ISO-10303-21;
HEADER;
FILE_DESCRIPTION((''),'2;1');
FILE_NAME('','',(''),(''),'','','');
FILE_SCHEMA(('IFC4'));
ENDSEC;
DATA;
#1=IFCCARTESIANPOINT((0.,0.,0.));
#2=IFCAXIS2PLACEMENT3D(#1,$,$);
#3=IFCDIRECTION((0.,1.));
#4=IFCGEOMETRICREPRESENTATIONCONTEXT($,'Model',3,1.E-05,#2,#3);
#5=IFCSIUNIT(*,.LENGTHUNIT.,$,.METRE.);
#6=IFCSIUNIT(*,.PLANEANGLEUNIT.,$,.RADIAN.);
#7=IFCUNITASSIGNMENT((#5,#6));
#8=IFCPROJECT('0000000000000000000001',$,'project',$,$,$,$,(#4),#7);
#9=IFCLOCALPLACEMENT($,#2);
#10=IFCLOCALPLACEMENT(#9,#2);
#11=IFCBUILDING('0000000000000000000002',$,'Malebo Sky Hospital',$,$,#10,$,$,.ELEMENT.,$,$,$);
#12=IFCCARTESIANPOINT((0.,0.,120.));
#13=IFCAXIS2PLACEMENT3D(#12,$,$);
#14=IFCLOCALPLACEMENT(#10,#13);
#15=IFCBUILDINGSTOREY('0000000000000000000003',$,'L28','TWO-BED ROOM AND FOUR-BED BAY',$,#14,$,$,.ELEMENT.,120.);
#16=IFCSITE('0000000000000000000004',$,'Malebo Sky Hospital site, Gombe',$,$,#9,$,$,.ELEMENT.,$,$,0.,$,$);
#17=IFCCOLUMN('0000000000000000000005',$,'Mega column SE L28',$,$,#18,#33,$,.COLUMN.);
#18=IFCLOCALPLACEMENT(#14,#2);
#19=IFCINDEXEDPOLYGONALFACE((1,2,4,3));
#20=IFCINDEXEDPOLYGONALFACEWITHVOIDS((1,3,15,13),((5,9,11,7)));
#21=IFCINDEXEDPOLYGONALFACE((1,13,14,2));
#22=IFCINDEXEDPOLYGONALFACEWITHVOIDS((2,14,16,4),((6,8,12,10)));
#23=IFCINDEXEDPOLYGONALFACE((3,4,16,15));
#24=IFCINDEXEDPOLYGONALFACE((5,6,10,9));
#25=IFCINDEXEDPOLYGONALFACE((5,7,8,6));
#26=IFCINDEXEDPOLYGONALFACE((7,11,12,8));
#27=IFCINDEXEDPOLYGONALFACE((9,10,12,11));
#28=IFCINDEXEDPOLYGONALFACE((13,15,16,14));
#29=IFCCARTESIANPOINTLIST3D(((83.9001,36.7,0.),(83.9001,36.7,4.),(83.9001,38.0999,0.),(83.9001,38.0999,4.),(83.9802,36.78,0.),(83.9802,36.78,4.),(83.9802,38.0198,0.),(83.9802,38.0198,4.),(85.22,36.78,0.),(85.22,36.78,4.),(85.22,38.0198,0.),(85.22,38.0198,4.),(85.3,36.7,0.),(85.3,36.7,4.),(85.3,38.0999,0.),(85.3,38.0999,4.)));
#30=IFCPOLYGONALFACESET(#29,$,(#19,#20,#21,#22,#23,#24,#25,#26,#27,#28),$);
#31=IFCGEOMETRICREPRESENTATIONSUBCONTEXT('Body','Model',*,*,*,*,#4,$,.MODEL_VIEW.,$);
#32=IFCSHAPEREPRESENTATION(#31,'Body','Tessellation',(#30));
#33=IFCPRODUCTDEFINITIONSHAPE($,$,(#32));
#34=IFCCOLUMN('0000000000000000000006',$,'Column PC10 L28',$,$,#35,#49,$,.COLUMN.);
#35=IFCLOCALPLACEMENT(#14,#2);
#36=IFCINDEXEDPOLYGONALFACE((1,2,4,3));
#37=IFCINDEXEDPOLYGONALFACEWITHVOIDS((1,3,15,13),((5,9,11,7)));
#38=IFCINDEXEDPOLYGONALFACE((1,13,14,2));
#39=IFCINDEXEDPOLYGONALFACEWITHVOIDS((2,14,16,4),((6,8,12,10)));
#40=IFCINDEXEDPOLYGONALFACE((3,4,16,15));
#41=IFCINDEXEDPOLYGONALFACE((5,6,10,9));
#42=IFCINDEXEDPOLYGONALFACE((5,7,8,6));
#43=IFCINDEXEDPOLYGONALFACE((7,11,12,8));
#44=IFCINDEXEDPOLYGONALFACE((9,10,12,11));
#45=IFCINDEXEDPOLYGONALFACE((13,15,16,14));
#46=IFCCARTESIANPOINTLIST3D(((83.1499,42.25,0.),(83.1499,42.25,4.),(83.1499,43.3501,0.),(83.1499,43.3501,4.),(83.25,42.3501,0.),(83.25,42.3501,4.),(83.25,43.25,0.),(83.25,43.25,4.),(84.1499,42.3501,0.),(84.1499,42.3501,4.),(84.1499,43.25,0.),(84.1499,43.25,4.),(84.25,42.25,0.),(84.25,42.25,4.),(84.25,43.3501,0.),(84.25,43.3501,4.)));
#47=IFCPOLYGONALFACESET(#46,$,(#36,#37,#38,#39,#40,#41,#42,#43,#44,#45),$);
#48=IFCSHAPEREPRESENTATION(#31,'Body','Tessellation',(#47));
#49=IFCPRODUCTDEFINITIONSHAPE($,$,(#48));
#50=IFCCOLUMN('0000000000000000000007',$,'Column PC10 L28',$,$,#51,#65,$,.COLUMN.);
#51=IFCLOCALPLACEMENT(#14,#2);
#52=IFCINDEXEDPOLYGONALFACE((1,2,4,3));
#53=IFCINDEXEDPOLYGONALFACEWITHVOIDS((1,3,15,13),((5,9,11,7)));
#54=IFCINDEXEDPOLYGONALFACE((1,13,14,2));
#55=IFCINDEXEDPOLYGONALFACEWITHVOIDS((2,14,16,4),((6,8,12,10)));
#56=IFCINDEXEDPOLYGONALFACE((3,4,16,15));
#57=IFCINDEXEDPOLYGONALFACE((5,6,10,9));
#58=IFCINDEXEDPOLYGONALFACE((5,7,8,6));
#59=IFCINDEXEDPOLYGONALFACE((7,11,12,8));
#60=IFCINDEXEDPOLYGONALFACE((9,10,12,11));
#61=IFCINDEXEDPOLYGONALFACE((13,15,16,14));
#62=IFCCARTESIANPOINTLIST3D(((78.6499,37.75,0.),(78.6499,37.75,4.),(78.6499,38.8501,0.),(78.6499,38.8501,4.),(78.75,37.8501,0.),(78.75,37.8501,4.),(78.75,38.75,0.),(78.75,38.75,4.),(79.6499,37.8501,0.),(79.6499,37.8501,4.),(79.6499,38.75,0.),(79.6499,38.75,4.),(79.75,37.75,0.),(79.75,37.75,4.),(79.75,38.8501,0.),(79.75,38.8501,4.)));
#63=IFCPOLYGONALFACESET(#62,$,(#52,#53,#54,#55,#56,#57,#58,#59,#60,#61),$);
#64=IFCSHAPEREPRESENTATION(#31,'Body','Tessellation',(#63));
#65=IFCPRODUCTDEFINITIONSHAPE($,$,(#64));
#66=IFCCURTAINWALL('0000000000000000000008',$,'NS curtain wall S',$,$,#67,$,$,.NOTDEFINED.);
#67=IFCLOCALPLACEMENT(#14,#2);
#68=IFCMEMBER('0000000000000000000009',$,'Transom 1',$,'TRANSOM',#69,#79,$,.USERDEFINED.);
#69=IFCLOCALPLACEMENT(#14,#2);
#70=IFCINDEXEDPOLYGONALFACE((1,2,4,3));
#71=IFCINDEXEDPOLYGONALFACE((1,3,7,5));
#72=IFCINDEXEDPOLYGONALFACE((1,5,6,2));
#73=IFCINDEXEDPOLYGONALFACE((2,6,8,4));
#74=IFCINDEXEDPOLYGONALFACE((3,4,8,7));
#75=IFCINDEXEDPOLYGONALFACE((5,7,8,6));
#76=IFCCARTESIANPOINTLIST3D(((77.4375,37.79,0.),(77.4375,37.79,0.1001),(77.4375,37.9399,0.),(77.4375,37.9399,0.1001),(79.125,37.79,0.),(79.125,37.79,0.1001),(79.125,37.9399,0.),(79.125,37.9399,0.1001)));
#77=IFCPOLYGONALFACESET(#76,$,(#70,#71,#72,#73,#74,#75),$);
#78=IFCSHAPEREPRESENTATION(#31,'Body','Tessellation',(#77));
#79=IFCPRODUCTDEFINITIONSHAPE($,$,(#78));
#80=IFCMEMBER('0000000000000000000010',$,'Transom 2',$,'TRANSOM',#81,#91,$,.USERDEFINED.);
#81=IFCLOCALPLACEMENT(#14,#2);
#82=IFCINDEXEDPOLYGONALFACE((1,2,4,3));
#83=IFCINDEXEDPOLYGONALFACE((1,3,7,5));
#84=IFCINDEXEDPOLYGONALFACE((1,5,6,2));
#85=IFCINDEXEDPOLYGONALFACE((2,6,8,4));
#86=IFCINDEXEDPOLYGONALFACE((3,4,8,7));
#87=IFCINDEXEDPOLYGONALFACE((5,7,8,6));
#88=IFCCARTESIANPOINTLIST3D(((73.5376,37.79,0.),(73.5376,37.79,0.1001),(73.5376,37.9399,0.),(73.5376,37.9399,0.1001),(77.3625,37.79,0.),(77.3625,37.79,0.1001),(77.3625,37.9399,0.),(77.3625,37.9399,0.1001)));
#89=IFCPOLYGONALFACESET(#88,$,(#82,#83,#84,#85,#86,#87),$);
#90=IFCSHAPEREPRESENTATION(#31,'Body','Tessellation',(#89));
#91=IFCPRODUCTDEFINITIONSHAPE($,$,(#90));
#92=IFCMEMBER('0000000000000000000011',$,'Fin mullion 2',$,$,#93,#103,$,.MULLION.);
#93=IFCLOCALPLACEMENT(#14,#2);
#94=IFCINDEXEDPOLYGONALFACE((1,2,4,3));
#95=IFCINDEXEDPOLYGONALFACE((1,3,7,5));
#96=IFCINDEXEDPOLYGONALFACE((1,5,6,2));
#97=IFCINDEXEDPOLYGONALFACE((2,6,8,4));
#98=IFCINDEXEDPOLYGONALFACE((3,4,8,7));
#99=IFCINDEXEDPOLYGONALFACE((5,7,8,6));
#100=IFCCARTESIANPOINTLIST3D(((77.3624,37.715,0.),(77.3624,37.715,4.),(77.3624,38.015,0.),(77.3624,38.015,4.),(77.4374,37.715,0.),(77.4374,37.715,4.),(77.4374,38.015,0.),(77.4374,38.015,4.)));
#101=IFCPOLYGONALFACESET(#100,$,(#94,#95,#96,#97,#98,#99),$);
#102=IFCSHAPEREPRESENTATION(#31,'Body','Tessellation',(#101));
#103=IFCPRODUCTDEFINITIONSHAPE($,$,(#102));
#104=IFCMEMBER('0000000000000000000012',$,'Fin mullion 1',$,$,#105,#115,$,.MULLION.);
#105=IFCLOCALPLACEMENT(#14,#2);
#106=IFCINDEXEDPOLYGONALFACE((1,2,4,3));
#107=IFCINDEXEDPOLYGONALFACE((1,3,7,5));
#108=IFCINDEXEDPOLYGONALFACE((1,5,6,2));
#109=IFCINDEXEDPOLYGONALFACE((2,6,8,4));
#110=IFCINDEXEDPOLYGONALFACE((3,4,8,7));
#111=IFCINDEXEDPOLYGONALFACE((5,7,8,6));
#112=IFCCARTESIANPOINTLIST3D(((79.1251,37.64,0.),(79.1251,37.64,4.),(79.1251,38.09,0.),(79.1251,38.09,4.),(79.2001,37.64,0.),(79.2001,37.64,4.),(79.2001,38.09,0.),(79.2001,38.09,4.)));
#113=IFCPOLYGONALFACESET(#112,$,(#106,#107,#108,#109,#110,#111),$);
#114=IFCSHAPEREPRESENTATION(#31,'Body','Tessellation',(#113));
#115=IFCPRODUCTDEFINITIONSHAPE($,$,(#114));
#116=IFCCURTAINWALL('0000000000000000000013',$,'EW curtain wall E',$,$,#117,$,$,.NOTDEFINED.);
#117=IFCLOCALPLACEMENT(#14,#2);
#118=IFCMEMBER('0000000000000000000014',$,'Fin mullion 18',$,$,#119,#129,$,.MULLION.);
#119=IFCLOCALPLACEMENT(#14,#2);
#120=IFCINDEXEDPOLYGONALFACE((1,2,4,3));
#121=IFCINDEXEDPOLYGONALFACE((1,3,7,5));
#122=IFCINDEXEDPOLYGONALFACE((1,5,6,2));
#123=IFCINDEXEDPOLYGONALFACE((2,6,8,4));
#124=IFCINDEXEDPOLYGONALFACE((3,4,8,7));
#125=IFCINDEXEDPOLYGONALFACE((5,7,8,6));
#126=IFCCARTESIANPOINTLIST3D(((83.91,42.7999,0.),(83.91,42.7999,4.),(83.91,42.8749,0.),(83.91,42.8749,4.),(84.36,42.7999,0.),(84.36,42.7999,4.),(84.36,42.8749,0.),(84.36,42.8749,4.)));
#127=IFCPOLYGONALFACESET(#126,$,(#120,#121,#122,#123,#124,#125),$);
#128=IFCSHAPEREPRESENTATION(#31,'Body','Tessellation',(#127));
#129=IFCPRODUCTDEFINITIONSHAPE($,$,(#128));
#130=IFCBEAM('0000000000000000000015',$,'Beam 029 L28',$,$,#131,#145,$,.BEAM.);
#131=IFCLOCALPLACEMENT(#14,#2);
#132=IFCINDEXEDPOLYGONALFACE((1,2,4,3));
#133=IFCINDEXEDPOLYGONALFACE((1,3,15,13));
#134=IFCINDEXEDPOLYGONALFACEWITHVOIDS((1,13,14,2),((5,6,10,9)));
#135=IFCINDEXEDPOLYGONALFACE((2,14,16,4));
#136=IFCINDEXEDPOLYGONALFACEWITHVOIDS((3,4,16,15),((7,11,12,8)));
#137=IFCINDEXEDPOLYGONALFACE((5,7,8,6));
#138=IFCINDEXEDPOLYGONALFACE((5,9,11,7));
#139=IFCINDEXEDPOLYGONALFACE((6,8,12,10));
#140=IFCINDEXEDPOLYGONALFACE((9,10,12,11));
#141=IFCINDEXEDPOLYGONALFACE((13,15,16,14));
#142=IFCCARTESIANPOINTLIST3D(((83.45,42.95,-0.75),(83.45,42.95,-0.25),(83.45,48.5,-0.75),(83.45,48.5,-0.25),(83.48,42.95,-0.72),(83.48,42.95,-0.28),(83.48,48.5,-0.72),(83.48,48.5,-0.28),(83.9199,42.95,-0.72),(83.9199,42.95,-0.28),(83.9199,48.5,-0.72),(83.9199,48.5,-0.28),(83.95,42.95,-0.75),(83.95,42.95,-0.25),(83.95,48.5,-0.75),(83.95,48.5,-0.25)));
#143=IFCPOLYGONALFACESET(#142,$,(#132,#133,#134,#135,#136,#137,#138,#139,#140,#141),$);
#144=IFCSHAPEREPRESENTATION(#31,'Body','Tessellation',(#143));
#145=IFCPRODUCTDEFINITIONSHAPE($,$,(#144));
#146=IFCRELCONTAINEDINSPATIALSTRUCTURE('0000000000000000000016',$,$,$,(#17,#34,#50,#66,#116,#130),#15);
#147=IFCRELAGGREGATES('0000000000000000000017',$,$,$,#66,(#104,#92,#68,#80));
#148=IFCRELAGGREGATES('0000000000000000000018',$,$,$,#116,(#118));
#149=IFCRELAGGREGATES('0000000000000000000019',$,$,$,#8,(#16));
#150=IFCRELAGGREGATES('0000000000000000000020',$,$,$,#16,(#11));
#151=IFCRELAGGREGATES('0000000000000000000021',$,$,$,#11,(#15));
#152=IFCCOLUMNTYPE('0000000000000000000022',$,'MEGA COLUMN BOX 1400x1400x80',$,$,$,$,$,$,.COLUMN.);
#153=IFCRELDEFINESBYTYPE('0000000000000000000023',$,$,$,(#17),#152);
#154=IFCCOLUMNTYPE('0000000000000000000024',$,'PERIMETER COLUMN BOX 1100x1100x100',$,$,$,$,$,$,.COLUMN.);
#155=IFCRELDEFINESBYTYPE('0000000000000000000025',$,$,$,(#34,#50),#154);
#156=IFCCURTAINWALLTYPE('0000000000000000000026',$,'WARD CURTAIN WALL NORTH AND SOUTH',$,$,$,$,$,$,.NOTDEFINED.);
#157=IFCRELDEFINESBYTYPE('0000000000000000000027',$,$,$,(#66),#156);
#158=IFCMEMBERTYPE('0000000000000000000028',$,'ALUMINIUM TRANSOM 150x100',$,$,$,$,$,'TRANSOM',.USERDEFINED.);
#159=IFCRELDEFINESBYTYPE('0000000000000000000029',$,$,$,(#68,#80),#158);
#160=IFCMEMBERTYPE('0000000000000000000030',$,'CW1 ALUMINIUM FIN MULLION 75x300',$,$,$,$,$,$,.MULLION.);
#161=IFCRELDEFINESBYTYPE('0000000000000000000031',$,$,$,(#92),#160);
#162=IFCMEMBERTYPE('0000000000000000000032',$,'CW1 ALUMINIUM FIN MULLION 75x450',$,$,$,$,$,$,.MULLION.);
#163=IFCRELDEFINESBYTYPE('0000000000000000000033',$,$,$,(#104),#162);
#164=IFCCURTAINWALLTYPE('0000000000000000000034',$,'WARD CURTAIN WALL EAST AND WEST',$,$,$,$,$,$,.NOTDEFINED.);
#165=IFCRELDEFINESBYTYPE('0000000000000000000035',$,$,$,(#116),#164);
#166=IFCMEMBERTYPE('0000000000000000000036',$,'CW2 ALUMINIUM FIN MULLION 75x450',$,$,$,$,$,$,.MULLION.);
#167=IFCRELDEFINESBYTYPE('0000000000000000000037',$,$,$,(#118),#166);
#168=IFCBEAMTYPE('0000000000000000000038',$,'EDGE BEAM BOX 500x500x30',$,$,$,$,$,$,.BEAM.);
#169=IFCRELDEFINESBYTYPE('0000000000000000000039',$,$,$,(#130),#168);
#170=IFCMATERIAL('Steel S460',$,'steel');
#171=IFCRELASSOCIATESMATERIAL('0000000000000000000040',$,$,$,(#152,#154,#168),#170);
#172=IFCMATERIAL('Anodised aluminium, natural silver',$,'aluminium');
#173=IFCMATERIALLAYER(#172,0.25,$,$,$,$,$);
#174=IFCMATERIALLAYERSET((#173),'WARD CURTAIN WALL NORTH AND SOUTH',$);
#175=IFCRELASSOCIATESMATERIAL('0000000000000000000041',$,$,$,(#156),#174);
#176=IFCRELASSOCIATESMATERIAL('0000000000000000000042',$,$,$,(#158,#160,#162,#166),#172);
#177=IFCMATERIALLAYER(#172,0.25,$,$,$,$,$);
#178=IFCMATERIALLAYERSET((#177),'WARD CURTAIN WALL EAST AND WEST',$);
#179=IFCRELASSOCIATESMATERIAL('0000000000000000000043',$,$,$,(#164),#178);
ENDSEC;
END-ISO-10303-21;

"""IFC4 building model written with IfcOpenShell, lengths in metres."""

from ifc_helpers import new_model, si_unit, direction, frame, origin, origin_2d, place, context, subcontext, project, spatial, rectangle, hollow_rectangle, extrude, material, layer, layer_set, material_profile, profile_set, type_object, element, aggregate, save


model = new_model("IFC4")

# Units and contexts
model_context = context("Model", 3, precision=1e-05, world=origin(), true_north=direction((0.0, 1.0)))
body_context = subcontext(model_context, "Body", "Model", "MODEL_VIEW")
ifc_project = project(units=[si_unit("LENGTHUNIT", "METRE"), si_unit("PLANEANGLEUNIT", "RADIAN")], contexts=[model_context])

# Site, building, storey
site_placement = place(None, origin())
site = spatial("IfcSite", under=ifc_project, at=site_placement, Name="Malebo Sky Hospital site, Gombe", CompositionType="ELEMENT", RefElevation=0.0)
building_placement = place(site_placement, origin())
building = spatial("IfcBuilding", under=site, at=building_placement, Name="Malebo Sky Hospital", CompositionType="ELEMENT")
storey_placement = place(building_placement, frame((0.0, 0.0, 120.0)))
storey = spatial("IfcBuildingStorey", under=building, at=storey_placement, Name="L28", Description="TWO-BED ROOM AND FOUR-BED BAY", CompositionType="ELEMENT", Elevation=120.0)

# Columns
ifc_material_1 = material(Name="Steel S460", Category="steel")
ifc_material_profile_1 = material_profile(ifc_material_1, hollow_rectangle(XDim=1.3999, YDim=1.3999, WallThickness=0.0801, at=origin_2d()), Name="BOX 1400x1400x80")
ifc_profile_set_1 = profile_set([ifc_material_profile_1], Name="Steel S460")
column_type_1 = type_object("IfcColumnType", Name="MEGA COLUMN BOX 1400x1400x80", PredefinedType="COLUMN", material=ifc_profile_set_1)
column_placement = place(storey_placement, frame((84.6001, 37.3999, 0.0), z_axis=(0.0, 0.0, 1.0), x_axis=(1.0, 0.0, 0.0)))
element("IfcColumn", 1, at=column_placement, inside=storey, type_object=column_type_1, Name="Mega column SE L28", PredefinedType="COLUMN", context=body_context, shape_type="SweptSolid", body=[
    extrude(hollow_rectangle(XDim=1.3999, YDim=1.3999, WallThickness=0.0801, at=origin_2d()), origin(), (0.0, 0.0, 1.0), 4.0),
])
ifc_material_profile_2 = material_profile(ifc_material_1, hollow_rectangle(XDim=1.1001, YDim=1.1001, WallThickness=0.1001, at=origin_2d()), Name="BOX 1100x1100x100")
ifc_profile_set_2 = profile_set([ifc_material_profile_2], Name="Steel S460")
column_type_2 = type_object("IfcColumnType", Name="PERIMETER COLUMN BOX 1100x1100x100", PredefinedType="COLUMN", material=ifc_profile_set_2)
for number, where, z_axis, x_axis, name in (
    (2, (83.7, 42.8, 0.0), (0.0, 0.0, 1.0), (1.0, 0.0, 0.0), "Column PC10 L28"),
    (3, (79.2, 38.3, 0.0), (0.0, 0.0, 1.0), (1.0, 0.0, 0.0), "Column PC10 L28"),
):
    element("IfcColumn", number, at=place(storey_placement, frame(where, z_axis=z_axis, x_axis=x_axis)), inside=storey, type_object=column_type_2, Name=name, PredefinedType="COLUMN", context=body_context, shape_type="SweptSolid", body=[
        extrude(hollow_rectangle(XDim=1.1001, YDim=1.1001, WallThickness=0.1001, at=origin_2d()), origin(), (0.0, 0.0, 1.0), 4.0),
    ])

# Curtain wall, members
ifc_material_2 = material(Name="Anodised aluminium, natural silver", Category="aluminium")
ifc_layer_1 = layer(ifc_material_2, 0.25)
ifc_layer_set_1 = layer_set([ifc_layer_1], Name="WARD CURTAIN WALL NORTH AND SOUTH")
curtain_wall_type_1 = type_object("IfcCurtainWallType", Name="WARD CURTAIN WALL NORTH AND SOUTH", PredefinedType="NOTDEFINED", material=ifc_layer_set_1)
curtain_wall_1_placement = place(storey_placement, origin())
curtain_wall_1 = element("IfcCurtainWall", 4, at=curtain_wall_1_placement, inside=storey, type_object=curtain_wall_type_1, Name="NS curtain wall S", PredefinedType="NOTDEFINED")
ifc_material_profile_3 = material_profile(ifc_material_2, rectangle(XDim=0.1499, YDim=0.1001, at=origin_2d()), Name="ALUMINIUM TRANSOM 150x100")
ifc_profile_set_3 = profile_set([ifc_material_profile_3], Name="Anodised aluminium, natural silver")
member_type_1 = type_object("IfcMemberType", Name="ALUMINIUM TRANSOM 150x100", ElementType="TRANSOM", PredefinedType="USERDEFINED", material=ifc_profile_set_3)
member_1_placement = place(storey_placement, frame((79.125, 37.865, 0.05), z_axis=(-1.0, 0.0, 0.0), x_axis=(0.0, -1.0, 0.0)))
member_1 = element("IfcMember", 5, at=member_1_placement, type_object=member_type_1, Name="Transom 1", ObjectType="TRANSOM", PredefinedType="USERDEFINED", context=body_context, shape_type="SweptSolid", body=[
    extrude(rectangle(XDim=0.1499, YDim=0.1001, at=origin_2d()), origin(), (0.0, 0.0, 1.0), 1.6875),
])
member_2_placement = place(storey_placement, frame((77.3625, 37.865, 0.05), z_axis=(-1.0, 0.0, 0.0), x_axis=(0.0, -1.0, 0.0)))
member_2 = element("IfcMember", 6, at=member_2_placement, type_object=member_type_1, Name="Transom 2", ObjectType="TRANSOM", PredefinedType="USERDEFINED", context=body_context, shape_type="SweptSolid", body=[
    extrude(rectangle(XDim=0.1499, YDim=0.1001, at=origin_2d()), origin(), (0.0, 0.0, 1.0), 3.825),
])
ifc_material_profile_4 = material_profile(ifc_material_2, rectangle(XDim=0.075, YDim=0.3, at=origin_2d()), Name="CW1 ALUMINIUM FIN MULLION 75x300")
ifc_profile_set_4 = profile_set([ifc_material_profile_4], Name="Anodised aluminium, natural silver")
member_type_2 = type_object("IfcMemberType", Name="CW1 ALUMINIUM FIN MULLION 75x300", PredefinedType="MULLION", material=ifc_profile_set_4)
member_3_placement = place(storey_placement, frame((77.3999, 37.865, 0.0), z_axis=(0.0, 0.0, 1.0), x_axis=(-1.0, 0.0, 0.0)))
member_3 = element("IfcMember", 7, at=member_3_placement, type_object=member_type_2, Name="Fin mullion 2", PredefinedType="MULLION", context=body_context, shape_type="SweptSolid", body=[
    extrude(rectangle(XDim=0.075, YDim=0.3, at=origin_2d()), origin(), (0.0, 0.0, 1.0), 4.0),
])
ifc_material_profile_5 = material_profile(ifc_material_2, rectangle(XDim=0.075, YDim=0.45, at=origin_2d()), Name="CW1 ALUMINIUM FIN MULLION 75x450")
ifc_profile_set_5 = profile_set([ifc_material_profile_5], Name="Anodised aluminium, natural silver")
member_type_3 = type_object("IfcMemberType", Name="CW1 ALUMINIUM FIN MULLION 75x450", PredefinedType="MULLION", material=ifc_profile_set_5)
member_4_placement = place(storey_placement, frame((79.1626, 37.865, 0.0), z_axis=(0.0, 0.0, 1.0), x_axis=(-1.0, 0.0, 0.0)))
member_4 = element("IfcMember", 8, at=member_4_placement, type_object=member_type_3, Name="Fin mullion 1", PredefinedType="MULLION", context=body_context, shape_type="SweptSolid", body=[
    extrude(rectangle(XDim=0.075, YDim=0.45, at=origin_2d()), origin(), (0.0, 0.0, 1.0), 4.0),
])

# Curtain wall, member
ifc_layer_2 = layer(ifc_material_2, 0.25)
ifc_layer_set_2 = layer_set([ifc_layer_2], Name="WARD CURTAIN WALL EAST AND WEST")
curtain_wall_type_2 = type_object("IfcCurtainWallType", Name="WARD CURTAIN WALL EAST AND WEST", PredefinedType="NOTDEFINED", material=ifc_layer_set_2)
curtain_wall_2_placement = place(storey_placement, origin())
curtain_wall_2 = element("IfcCurtainWall", 9, at=curtain_wall_2_placement, inside=storey, type_object=curtain_wall_type_2, Name="EW curtain wall E", PredefinedType="NOTDEFINED")
ifc_material_profile_6 = material_profile(ifc_material_2, rectangle(XDim=0.075, YDim=0.45, at=origin_2d()), Name="CW2 ALUMINIUM FIN MULLION 75x450")
ifc_profile_set_6 = profile_set([ifc_material_profile_6], Name="Anodised aluminium, natural silver")
member_type_4 = type_object("IfcMemberType", Name="CW2 ALUMINIUM FIN MULLION 75x450", PredefinedType="MULLION", material=ifc_profile_set_6)
member_5_placement = place(storey_placement, frame((84.135, 42.8374, 0.0), z_axis=(0.0, 0.0, 1.0), x_axis=(0.0, -1.0, 0.0)))
member_5 = element("IfcMember", 10, at=member_5_placement, type_object=member_type_4, Name="Fin mullion 18", PredefinedType="MULLION", context=body_context, shape_type="SweptSolid", body=[
    extrude(rectangle(XDim=0.075, YDim=0.45, at=origin_2d()), origin(), (0.0, 0.0, 1.0), 4.0),
])

# Beam
ifc_material_profile_7 = material_profile(ifc_material_1, hollow_rectangle(XDim=0.5, YDim=0.5, WallThickness=0.03, at=origin_2d()), Name="BOX 500x500x30")
ifc_profile_set_7 = profile_set([ifc_material_profile_7], Name="Steel S460")
beam_type_1 = type_object("IfcBeamType", Name="EDGE BEAM BOX 500x500x30", PredefinedType="BEAM", material=ifc_profile_set_7)
beam_1_placement = place(storey_placement, frame((83.7, 42.95, -0.5), z_axis=(0.0, 1.0, 0.0), x_axis=(-1.0, 0.0, 0.0)))
element("IfcBeam", 11, at=beam_1_placement, inside=storey, type_object=beam_type_1, Name="Beam 029 L28", PredefinedType="BEAM", context=body_context, shape_type="SweptSolid", body=[
    extrude(hollow_rectangle(XDim=0.5, YDim=0.5, WallThickness=0.03, at=origin_2d()), origin(), (0.0, 0.0, 1.0), 5.55),
])

aggregate(curtain_wall_1, [member_4, member_3, member_1, member_2])
aggregate(curtain_wall_2, [member_5])

save(model, "model.ifc")
